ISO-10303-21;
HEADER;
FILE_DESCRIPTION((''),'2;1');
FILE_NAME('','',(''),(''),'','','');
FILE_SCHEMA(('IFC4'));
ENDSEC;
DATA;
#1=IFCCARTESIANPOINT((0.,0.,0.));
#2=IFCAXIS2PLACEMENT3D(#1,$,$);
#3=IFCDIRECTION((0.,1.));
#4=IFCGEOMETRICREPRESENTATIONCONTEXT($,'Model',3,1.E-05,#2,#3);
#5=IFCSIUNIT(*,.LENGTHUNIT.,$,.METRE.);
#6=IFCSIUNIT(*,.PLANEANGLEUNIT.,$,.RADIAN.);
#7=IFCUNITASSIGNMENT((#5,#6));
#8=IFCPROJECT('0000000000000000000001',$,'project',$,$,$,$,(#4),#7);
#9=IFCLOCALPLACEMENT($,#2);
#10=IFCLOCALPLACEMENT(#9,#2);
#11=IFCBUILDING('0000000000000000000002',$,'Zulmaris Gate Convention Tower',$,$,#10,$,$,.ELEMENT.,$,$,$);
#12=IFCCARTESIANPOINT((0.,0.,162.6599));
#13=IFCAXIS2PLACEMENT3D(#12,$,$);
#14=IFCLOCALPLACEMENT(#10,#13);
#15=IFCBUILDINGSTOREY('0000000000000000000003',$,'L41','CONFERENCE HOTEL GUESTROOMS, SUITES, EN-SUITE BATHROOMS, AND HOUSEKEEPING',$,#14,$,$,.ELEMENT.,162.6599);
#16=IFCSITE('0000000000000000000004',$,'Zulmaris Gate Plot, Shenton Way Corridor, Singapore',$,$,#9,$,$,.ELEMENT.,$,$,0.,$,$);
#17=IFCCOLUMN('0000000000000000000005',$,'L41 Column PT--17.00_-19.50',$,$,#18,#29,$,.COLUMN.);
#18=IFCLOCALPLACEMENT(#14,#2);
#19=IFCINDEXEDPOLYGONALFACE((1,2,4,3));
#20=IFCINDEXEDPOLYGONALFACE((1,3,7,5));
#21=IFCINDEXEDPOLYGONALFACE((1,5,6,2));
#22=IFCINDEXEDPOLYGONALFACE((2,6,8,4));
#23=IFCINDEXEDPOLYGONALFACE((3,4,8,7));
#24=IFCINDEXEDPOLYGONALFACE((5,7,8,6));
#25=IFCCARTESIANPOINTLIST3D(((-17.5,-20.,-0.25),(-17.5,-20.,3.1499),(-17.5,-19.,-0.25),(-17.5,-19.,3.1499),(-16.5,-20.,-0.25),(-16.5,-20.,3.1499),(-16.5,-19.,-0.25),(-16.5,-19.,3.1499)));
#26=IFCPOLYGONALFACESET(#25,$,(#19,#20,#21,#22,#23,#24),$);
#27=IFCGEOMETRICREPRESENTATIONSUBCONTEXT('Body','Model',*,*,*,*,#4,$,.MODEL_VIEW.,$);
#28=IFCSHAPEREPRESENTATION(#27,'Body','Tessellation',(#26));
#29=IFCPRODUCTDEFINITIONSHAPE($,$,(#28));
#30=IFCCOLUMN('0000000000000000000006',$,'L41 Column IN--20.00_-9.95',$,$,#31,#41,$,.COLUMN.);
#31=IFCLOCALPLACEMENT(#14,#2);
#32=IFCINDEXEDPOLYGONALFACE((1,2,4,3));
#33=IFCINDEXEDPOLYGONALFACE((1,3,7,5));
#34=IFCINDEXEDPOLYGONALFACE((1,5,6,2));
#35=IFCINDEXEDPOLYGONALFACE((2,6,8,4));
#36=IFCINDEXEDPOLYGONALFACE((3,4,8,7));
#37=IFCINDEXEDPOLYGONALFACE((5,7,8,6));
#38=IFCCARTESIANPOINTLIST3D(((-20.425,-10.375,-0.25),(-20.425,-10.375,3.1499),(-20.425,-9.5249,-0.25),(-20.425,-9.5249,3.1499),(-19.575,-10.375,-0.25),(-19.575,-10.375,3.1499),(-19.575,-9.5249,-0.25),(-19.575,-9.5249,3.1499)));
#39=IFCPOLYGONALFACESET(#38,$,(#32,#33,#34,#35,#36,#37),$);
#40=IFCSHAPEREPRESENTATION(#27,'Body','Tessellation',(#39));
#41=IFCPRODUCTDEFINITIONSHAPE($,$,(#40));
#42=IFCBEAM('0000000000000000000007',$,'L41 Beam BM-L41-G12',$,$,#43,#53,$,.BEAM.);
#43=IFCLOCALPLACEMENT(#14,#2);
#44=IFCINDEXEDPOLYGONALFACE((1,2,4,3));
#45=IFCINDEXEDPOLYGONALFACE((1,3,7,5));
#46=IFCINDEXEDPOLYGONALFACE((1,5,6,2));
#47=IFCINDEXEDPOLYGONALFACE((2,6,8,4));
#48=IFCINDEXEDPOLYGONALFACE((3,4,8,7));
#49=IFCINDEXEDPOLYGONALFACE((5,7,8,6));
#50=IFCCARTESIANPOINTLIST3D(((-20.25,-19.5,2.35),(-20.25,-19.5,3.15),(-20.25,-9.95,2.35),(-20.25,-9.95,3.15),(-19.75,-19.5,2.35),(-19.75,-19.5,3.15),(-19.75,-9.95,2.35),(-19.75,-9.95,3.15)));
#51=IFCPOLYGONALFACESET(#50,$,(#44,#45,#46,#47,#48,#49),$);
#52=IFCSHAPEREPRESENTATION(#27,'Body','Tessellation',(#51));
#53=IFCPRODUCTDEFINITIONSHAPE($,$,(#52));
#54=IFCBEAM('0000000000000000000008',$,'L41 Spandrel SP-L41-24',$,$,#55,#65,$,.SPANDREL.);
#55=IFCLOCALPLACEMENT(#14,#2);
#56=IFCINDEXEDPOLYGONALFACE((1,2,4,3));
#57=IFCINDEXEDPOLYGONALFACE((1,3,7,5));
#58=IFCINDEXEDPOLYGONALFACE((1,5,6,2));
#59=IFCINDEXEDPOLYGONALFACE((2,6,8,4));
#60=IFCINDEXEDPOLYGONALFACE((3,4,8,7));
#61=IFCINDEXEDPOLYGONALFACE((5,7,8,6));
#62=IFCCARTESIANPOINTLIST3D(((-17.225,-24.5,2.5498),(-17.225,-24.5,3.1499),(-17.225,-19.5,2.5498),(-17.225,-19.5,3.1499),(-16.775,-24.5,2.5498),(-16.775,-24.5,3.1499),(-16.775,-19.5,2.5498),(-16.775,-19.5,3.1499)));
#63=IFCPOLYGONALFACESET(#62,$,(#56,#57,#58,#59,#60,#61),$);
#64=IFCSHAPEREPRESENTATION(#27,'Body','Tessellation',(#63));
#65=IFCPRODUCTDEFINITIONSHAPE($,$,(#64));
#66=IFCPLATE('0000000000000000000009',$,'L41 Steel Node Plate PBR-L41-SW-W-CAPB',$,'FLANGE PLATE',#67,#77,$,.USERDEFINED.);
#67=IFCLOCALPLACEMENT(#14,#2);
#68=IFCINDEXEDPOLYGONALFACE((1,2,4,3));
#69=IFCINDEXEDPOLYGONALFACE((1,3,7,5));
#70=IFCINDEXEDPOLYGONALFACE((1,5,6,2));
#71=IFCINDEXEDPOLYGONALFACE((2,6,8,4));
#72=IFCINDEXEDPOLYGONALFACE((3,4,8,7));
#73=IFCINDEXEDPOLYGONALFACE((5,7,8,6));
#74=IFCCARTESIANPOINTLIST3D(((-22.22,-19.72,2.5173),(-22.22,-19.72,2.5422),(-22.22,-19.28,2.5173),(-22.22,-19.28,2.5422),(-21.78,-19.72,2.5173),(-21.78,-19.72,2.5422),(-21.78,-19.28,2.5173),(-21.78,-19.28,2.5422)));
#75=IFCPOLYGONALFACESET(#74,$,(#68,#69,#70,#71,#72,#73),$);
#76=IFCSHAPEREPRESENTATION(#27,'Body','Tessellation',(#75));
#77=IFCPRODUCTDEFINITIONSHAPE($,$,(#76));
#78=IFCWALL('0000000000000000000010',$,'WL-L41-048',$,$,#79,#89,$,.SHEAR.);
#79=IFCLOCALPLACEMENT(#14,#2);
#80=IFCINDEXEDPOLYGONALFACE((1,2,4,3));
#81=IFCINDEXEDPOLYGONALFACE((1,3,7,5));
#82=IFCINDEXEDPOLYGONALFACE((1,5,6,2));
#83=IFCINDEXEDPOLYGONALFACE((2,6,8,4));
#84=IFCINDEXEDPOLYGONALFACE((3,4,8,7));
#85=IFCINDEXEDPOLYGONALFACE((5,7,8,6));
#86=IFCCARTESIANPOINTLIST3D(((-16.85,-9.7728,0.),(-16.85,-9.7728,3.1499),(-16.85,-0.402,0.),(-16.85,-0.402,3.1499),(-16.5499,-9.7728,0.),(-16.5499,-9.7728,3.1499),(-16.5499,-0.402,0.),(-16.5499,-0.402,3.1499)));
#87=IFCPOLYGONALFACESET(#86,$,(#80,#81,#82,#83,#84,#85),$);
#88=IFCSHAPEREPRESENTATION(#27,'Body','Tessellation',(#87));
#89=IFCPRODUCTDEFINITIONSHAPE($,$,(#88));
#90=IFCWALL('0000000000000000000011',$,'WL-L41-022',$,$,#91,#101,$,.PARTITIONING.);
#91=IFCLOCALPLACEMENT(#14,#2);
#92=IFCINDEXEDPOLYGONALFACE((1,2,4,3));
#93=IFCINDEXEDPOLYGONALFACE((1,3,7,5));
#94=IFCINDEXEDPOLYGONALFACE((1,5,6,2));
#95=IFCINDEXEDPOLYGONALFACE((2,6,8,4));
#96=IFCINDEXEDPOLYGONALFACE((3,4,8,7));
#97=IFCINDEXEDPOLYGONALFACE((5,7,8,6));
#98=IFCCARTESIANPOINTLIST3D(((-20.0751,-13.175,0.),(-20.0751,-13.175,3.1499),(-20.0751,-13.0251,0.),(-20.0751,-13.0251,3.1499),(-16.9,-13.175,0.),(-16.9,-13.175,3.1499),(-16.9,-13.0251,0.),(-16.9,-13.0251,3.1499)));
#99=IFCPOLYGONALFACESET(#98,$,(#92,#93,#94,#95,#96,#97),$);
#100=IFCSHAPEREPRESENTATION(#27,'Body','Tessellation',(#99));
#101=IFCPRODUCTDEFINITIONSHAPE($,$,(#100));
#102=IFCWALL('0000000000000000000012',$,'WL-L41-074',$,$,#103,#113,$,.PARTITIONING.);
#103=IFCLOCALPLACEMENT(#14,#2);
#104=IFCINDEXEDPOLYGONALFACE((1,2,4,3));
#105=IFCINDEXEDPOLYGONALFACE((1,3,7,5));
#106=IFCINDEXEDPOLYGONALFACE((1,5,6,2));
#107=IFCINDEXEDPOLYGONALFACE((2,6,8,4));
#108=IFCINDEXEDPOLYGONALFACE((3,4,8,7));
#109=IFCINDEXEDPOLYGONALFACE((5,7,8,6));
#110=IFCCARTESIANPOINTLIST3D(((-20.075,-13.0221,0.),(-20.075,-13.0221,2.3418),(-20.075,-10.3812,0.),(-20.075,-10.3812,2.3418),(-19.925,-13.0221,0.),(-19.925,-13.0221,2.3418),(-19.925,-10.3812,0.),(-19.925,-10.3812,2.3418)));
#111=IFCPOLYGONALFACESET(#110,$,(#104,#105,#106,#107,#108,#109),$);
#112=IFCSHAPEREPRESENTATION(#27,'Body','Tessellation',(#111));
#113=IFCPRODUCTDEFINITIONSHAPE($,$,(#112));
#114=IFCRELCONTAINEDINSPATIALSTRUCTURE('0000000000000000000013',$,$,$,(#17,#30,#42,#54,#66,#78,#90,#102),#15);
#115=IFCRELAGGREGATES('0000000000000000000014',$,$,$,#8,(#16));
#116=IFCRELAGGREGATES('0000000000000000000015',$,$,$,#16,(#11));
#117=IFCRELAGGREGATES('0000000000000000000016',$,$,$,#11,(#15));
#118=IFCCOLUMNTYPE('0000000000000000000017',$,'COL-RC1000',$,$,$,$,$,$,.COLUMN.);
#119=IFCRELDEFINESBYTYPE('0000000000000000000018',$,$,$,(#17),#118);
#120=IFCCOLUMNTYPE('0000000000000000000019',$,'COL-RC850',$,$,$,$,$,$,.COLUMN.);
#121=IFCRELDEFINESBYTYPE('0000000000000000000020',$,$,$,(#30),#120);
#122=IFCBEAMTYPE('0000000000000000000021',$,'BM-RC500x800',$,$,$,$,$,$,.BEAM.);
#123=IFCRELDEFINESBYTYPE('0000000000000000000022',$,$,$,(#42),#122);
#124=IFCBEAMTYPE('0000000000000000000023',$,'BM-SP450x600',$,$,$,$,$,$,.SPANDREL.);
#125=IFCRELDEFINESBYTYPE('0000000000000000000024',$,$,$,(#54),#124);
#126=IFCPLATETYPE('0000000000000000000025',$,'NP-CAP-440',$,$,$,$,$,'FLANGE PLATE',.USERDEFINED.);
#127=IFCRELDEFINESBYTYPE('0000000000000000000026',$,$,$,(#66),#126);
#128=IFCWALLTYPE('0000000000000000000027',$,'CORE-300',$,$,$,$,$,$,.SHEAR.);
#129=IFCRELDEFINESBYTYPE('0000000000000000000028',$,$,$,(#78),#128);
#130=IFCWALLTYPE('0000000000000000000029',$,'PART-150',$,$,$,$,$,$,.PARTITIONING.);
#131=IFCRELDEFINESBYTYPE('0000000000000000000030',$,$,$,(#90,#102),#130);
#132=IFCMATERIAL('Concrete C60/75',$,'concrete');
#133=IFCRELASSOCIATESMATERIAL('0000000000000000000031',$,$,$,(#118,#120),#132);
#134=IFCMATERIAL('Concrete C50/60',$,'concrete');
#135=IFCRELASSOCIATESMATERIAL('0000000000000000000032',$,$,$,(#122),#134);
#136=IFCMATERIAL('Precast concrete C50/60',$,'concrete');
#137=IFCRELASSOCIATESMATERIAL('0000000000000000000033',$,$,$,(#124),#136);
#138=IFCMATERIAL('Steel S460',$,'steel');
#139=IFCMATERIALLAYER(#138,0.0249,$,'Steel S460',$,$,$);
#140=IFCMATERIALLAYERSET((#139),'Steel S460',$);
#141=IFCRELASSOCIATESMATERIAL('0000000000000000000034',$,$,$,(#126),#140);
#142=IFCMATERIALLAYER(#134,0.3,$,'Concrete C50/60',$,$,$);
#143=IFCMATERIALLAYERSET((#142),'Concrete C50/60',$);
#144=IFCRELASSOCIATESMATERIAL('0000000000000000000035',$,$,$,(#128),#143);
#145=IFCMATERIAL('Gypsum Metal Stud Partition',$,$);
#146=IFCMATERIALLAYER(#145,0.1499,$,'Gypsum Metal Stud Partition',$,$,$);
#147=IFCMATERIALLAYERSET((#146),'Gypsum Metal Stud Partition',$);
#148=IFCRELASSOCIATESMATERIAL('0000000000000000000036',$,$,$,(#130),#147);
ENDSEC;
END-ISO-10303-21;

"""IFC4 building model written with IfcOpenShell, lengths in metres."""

from ifc_helpers import new_model, si_unit, direction, frame, frame_2d, origin, origin_2d, place, context, subcontext, project, spatial, rectangle, extrude, material, layer, layer_set, material_profile, profile_set, type_object, element, save


model = new_model("IFC4")

# Units and contexts
model_context = context("Model", 3, precision=1e-05, world=origin(), true_north=direction((0.0, 1.0)))
body_context = subcontext(model_context, "Body", "Model", "MODEL_VIEW")
ifc_project = project(units=[si_unit("LENGTHUNIT", "METRE"), si_unit("PLANEANGLEUNIT", "RADIAN")], contexts=[model_context])

# Site, building, storey
site_placement = place(None, origin())
site = spatial("IfcSite", under=ifc_project, at=site_placement, Name="Zulmaris Gate Plot, Shenton Way Corridor, Singapore", CompositionType="ELEMENT", RefElevation=0.0)
building_placement = place(site_placement, origin())
building = spatial("IfcBuilding", under=site, at=building_placement, Name="Zulmaris Gate Convention Tower", CompositionType="ELEMENT")
storey_placement = place(building_placement, frame((0.0, 0.0, 162.6599)))
storey = spatial("IfcBuildingStorey", under=building, at=storey_placement, Name="L41", Description="CONFERENCE HOTEL GUESTROOMS, SUITES, EN-SUITE BATHROOMS, AND HOUSEKEEPING", CompositionType="ELEMENT", Elevation=162.6599)

# Columns
ifc_material_1 = material(Name="Concrete C60/75", Category="concrete")
ifc_material_profile_1 = material_profile(ifc_material_1, rectangle(XDim=1.0, YDim=1.0, at=origin_2d()), Name="RC COL 1000x1000")
ifc_profile_set_1 = profile_set([ifc_material_profile_1], Name="Concrete C60/75")
column_type_1 = type_object("IfcColumnType", Name="COL-RC1000", PredefinedType="COLUMN", material=ifc_profile_set_1)
column_1_placement = place(storey_placement, frame((-17.0, -19.5, -0.25), z_axis=(0.0, 0.0, 1.0), x_axis=(1.0, 0.0, 0.0)))
element("IfcColumn", 1, at=column_1_placement, inside=storey, type_object=column_type_1, Name="L41 Column PT--17.00_-19.50", PredefinedType="COLUMN", context=body_context, shape_type="SweptSolid", body=[
    extrude(rectangle(XDim=1.0, YDim=1.0, at=origin_2d()), origin(), (0.0, 0.0, 1.0), 3.3999),
])
ifc_material_profile_2 = material_profile(ifc_material_1, rectangle(XDim=0.8501, YDim=0.8501, at=origin_2d()), Name="RC COL 850x850")
ifc_profile_set_2 = profile_set([ifc_material_profile_2], Name="Concrete C60/75")
column_type_2 = type_object("IfcColumnType", Name="COL-RC850", PredefinedType="COLUMN", material=ifc_profile_set_2)
column_2_placement = place(storey_placement, frame((-20.0, -9.95, -0.25), z_axis=(0.0, 0.0, 1.0), x_axis=(1.0, 0.0, 0.0)))
element("IfcColumn", 2, at=column_2_placement, inside=storey, type_object=column_type_2, Name="L41 Column IN--20.00_-9.95", PredefinedType="COLUMN", context=body_context, shape_type="SweptSolid", body=[
    extrude(rectangle(XDim=0.8501, YDim=0.8501, at=origin_2d()), origin(), (0.0, 0.0, 1.0), 3.3999),
])

# Beams
ifc_material_2 = material(Name="Concrete C50/60", Category="concrete")
ifc_material_profile_3 = material_profile(ifc_material_2, rectangle(XDim=0.5, YDim=0.8, at=origin_2d()), Name="RC BEAM 500x800")
ifc_profile_set_3 = profile_set([ifc_material_profile_3], Name="Concrete C50/60")
beam_type_1 = type_object("IfcBeamType", Name="BM-RC500x800", PredefinedType="BEAM", material=ifc_profile_set_3)
beam_1_placement = place(storey_placement, frame((-20.0, -19.5, 2.75), z_axis=(0.0, 1.0, 0.0), x_axis=(-1.0, 0.0, 0.0)))
element("IfcBeam", 3, at=beam_1_placement, inside=storey, type_object=beam_type_1, Name="L41 Beam BM-L41-G12", PredefinedType="BEAM", context=body_context, shape_type="SweptSolid", body=[
    extrude(rectangle(XDim=0.5, YDim=0.8, at=origin_2d()), origin(), (0.0, 0.0, 1.0), 9.55),
])
ifc_material_3 = material(Name="Precast concrete C50/60", Category="concrete")
ifc_material_profile_4 = material_profile(ifc_material_3, rectangle(XDim=0.45, YDim=0.6001, at=origin_2d()), Name="RC SPANDREL 450x600")
ifc_profile_set_4 = profile_set([ifc_material_profile_4], Name="Precast concrete C50/60")
beam_type_2 = type_object("IfcBeamType", Name="BM-SP450x600", PredefinedType="SPANDREL", material=ifc_profile_set_4)
beam_2_placement = place(storey_placement, frame((-17.0, -19.5, 2.8499), z_axis=(0.0, -1.0, 0.0), x_axis=(1.0, 0.0, 0.0)))
element("IfcBeam", 4, at=beam_2_placement, inside=storey, type_object=beam_type_2, Name="L41 Spandrel SP-L41-24", PredefinedType="SPANDREL", context=body_context, shape_type="SweptSolid", body=[
    extrude(rectangle(XDim=0.45, YDim=0.6001, at=origin_2d()), origin(), (0.0, 0.0, 1.0), 5.0),
])

# Plate
ifc_material_4 = material(Name="Steel S460", Category="steel")
ifc_layer_1 = layer(ifc_material_4, 0.0249, Name="Steel S460")
ifc_layer_set_1 = layer_set([ifc_layer_1], Name="Steel S460")
plate_type = type_object("IfcPlateType", Name="NP-CAP-440", ElementType="FLANGE PLATE", PredefinedType="USERDEFINED", material=ifc_layer_set_1)
plate_placement = place(storey_placement, frame((-22.0, -19.5, 2.5173), z_axis=(0.0, 0.0, 1.0), x_axis=(1.0, 0.0, 0.0)))
element("IfcPlate", 5, at=plate_placement, inside=storey, type_object=plate_type, Name="L41 Steel Node Plate PBR-L41-SW-W-CAPB", ObjectType="FLANGE PLATE", PredefinedType="USERDEFINED", context=body_context, shape_type="SweptSolid", body=[
    extrude(rectangle(XDim=0.4399, YDim=0.4399, at=origin_2d()), origin(), (0.0, 0.0, 1.0), 0.0249),
])

# Wall
ifc_layer_2 = layer(ifc_material_2, 0.3, Name="Concrete C50/60")
ifc_layer_set_2 = layer_set([ifc_layer_2], Name="Concrete C50/60")
wall_type_1 = type_object("IfcWallType", Name="CORE-300", PredefinedType="SHEAR", material=ifc_layer_set_2)
wall_1_placement = place(storey_placement, frame((-16.7, -9.7729, 0.0), z_axis=(0.0, 0.0, 1.0), x_axis=(0.0, 1.0, 0.0)))
element("IfcWall", 6, at=wall_1_placement, inside=storey, type_object=wall_type_1, Name="WL-L41-048", PredefinedType="SHEAR", context=body_context, shape_type="SweptSolid", body=[
    extrude(rectangle(XDim=9.3708, YDim=0.3, at=frame_2d((4.6855, 0.0))), origin(), (0.0, 0.0, 1.0), 3.1499),
])

# Walls
ifc_material_5 = material(Name="Gypsum Metal Stud Partition")
ifc_layer_3 = layer(ifc_material_5, 0.1499, Name="Gypsum Metal Stud Partition")
ifc_layer_set_3 = layer_set([ifc_layer_3], Name="Gypsum Metal Stud Partition")
wall_type_2 = type_object("IfcWallType", Name="PART-150", PredefinedType="PARTITIONING", material=ifc_layer_set_3)
wall_2_placement = place(storey_placement, frame((-20.075, -13.1001, 0.0), z_axis=(0.0, 0.0, 1.0), x_axis=(1.0, 0.0, 0.0)))
element("IfcWall", 7, at=wall_2_placement, inside=storey, type_object=wall_type_2, Name="WL-L41-022", PredefinedType="PARTITIONING", context=body_context, shape_type="SweptSolid", body=[
    extrude(rectangle(XDim=3.175, YDim=0.1499, at=frame_2d((1.5874, 0.0))), origin(), (0.0, 0.0, 1.0), 3.1499),
])
wall_3_placement = place(storey_placement, frame((-20.0, -13.022, 0.0), z_axis=(0.0, 0.0, 1.0), x_axis=(0.0, 1.0, 0.0)))
element("IfcWall", 8, at=wall_3_placement, inside=storey, type_object=wall_type_2, Name="WL-L41-074", PredefinedType="PARTITIONING", context=body_context, shape_type="SweptSolid", body=[
    extrude(rectangle(XDim=2.6409, YDim=0.1499, at=frame_2d((1.3203, 0.0))), origin(), (0.0, 0.0, 1.0), 2.3418),
])

save(model, "model.ifc")
